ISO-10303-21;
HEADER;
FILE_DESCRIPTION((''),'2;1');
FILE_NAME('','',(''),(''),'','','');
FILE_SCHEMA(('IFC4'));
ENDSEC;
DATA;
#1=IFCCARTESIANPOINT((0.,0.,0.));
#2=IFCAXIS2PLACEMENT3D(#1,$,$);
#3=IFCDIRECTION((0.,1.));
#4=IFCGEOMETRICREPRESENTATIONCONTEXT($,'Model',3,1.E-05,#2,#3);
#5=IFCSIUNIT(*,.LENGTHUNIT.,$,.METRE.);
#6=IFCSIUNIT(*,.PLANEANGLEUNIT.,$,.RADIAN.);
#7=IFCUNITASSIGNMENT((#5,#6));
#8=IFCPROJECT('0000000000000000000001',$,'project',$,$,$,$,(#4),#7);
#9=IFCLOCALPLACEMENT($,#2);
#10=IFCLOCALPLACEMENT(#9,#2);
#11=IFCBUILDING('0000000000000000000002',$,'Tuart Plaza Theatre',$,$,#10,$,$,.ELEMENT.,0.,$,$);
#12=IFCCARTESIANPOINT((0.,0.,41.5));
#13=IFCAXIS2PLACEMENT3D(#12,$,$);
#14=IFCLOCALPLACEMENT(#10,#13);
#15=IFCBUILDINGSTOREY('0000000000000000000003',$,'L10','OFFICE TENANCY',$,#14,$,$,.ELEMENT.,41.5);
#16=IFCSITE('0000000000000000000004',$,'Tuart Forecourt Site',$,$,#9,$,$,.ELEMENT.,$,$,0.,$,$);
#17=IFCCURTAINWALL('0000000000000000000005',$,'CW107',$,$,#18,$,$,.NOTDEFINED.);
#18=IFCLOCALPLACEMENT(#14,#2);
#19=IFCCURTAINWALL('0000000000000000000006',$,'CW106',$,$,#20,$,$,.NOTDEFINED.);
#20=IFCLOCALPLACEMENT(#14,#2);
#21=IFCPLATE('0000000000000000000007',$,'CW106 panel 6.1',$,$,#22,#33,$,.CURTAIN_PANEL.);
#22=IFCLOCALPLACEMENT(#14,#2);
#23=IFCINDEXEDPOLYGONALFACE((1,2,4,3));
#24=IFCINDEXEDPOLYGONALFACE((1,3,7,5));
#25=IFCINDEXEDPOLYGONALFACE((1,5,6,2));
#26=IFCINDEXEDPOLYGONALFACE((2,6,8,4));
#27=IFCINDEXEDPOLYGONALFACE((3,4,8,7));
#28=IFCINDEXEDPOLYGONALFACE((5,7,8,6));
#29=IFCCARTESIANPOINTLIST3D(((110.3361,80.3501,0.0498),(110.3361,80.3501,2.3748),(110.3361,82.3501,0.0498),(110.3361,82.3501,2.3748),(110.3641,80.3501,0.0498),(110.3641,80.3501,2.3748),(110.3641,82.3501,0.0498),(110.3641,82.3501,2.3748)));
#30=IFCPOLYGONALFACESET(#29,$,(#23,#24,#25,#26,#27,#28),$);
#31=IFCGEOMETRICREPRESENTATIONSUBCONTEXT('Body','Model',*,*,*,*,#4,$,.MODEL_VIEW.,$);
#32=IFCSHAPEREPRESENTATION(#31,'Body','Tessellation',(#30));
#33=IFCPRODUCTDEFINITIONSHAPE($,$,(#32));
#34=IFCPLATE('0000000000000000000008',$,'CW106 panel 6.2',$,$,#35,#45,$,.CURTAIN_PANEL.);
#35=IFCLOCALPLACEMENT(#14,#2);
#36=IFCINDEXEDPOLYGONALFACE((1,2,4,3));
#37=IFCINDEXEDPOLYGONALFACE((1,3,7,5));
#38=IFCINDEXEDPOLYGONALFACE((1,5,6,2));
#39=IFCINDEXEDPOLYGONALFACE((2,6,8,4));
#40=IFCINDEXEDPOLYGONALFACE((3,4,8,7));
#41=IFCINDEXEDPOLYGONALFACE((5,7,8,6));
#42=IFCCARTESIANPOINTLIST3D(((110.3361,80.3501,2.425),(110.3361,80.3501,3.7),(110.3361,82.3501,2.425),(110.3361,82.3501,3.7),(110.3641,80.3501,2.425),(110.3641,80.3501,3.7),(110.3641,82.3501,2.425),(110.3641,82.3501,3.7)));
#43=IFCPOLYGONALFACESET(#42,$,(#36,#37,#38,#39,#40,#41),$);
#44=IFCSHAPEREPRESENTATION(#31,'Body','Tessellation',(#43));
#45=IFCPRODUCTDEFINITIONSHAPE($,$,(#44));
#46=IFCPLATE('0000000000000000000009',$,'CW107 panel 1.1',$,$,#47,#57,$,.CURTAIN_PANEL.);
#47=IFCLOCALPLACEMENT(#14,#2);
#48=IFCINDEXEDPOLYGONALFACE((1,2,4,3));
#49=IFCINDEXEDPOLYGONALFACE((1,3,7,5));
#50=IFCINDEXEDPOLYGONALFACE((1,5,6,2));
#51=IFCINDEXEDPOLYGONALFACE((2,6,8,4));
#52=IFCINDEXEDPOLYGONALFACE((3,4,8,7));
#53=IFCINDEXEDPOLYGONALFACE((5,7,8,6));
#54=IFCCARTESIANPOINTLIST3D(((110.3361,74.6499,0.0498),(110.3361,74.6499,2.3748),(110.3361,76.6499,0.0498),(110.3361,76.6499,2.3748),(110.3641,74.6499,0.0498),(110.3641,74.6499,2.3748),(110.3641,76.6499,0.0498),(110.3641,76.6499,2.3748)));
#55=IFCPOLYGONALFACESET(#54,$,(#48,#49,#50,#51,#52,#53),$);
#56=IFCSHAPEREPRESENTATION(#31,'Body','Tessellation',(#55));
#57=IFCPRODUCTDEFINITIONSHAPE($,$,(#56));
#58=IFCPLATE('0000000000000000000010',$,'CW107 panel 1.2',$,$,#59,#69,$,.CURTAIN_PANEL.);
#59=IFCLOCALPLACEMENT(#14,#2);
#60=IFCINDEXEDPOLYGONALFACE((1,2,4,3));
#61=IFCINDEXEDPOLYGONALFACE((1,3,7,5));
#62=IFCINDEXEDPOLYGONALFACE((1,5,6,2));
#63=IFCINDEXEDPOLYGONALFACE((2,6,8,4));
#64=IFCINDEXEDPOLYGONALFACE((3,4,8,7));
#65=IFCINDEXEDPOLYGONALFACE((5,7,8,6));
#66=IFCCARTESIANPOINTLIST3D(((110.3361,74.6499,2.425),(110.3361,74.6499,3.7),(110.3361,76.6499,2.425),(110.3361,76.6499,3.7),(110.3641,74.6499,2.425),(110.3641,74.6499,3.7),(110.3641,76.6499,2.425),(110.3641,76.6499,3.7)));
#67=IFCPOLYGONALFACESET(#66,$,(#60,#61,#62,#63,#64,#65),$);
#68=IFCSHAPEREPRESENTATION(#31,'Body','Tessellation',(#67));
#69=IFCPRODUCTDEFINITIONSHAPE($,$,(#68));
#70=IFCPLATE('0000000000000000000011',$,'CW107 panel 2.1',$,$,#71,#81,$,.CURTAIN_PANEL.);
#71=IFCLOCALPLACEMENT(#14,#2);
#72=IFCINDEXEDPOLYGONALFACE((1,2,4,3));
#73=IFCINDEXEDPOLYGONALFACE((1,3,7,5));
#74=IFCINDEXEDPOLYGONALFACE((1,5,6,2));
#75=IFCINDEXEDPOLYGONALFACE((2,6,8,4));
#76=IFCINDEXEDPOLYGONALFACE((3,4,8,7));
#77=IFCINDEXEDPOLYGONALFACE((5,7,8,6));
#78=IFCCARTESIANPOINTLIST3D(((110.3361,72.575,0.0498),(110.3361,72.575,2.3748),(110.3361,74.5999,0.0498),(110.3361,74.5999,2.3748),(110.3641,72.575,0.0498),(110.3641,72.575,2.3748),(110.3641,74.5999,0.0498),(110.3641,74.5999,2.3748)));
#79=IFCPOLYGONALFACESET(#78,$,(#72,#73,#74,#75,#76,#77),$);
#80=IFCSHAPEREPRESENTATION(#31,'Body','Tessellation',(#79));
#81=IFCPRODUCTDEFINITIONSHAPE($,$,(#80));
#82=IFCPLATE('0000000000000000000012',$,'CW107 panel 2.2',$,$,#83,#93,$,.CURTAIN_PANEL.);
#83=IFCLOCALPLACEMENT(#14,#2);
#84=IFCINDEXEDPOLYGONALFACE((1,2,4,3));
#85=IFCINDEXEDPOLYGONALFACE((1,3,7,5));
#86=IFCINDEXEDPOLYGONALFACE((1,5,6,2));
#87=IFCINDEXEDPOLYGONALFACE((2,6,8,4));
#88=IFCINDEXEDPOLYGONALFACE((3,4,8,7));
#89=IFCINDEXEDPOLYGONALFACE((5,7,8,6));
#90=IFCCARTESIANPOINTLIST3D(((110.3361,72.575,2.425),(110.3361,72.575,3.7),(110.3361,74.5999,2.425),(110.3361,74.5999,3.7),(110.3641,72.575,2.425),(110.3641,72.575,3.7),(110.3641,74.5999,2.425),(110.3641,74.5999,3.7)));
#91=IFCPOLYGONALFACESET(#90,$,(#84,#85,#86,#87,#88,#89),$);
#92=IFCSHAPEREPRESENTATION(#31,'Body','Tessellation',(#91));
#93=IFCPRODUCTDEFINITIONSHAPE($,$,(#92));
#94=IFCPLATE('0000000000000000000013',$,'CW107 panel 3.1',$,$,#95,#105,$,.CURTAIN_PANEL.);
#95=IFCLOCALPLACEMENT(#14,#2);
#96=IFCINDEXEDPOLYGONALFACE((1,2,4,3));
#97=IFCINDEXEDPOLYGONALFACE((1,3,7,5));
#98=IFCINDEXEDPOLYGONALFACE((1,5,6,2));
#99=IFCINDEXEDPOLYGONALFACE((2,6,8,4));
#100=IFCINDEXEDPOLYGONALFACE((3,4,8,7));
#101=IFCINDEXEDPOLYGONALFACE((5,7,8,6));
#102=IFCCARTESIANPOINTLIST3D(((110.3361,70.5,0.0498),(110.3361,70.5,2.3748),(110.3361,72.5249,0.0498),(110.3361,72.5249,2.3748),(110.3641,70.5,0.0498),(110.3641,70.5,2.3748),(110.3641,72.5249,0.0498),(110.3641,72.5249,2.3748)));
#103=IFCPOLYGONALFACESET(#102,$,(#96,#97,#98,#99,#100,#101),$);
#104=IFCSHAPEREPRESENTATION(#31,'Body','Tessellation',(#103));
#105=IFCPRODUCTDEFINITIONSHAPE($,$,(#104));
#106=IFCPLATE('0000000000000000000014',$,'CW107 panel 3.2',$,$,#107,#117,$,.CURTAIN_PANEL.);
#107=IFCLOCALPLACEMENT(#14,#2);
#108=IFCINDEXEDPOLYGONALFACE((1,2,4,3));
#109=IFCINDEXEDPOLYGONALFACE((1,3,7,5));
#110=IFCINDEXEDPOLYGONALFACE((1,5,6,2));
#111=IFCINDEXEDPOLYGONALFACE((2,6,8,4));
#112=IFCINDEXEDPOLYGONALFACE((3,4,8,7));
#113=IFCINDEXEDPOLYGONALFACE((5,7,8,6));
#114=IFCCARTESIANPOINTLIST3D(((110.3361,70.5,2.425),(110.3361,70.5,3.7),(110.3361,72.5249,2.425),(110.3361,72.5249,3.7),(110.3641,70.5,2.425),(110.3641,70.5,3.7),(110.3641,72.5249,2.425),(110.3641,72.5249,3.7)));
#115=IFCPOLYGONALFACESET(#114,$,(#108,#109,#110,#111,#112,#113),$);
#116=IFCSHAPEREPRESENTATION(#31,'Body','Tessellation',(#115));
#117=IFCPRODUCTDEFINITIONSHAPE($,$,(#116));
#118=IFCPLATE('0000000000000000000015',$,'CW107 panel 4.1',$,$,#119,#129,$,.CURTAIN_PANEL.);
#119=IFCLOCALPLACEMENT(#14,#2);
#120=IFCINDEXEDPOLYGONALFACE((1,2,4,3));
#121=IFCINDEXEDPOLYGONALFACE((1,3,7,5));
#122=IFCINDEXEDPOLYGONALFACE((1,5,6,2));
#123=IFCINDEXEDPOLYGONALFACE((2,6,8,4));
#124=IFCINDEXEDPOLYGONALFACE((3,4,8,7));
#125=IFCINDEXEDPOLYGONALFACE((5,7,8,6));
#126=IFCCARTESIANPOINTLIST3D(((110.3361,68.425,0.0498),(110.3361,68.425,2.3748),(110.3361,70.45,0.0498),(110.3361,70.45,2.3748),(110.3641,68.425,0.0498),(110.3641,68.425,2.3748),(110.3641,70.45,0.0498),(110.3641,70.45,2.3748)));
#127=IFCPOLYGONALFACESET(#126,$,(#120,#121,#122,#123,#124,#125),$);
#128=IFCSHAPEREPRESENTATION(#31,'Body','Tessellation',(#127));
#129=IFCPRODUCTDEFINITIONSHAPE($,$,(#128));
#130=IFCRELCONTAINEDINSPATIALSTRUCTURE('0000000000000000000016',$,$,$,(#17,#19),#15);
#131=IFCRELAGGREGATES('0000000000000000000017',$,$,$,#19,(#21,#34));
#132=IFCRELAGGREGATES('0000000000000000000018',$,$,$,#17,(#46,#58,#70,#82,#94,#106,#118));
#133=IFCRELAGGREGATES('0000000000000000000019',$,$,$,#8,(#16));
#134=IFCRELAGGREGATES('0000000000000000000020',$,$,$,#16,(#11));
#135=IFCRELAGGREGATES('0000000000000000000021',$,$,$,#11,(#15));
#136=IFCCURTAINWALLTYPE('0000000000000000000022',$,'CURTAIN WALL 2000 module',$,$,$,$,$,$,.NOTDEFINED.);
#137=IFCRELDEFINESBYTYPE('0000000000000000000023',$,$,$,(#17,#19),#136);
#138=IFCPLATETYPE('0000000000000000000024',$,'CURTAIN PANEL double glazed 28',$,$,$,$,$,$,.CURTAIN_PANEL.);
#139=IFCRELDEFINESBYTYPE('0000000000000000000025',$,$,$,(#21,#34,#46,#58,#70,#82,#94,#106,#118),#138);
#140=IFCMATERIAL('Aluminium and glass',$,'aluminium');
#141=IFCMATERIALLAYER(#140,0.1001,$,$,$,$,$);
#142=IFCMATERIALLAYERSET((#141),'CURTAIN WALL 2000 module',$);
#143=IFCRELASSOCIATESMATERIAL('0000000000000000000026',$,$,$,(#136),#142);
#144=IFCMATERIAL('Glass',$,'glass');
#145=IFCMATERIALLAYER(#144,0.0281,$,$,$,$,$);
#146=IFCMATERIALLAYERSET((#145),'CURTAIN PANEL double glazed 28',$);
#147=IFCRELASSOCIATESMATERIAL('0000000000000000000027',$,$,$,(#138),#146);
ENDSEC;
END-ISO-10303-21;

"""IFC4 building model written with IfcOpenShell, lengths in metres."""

from ifc_helpers import new_model, si_unit, direction, frame, origin, origin_2d, place, context, subcontext, project, spatial, rectangle, extrude, material, layer, layer_set, type_object, element, aggregate, save


model = new_model("IFC4")

# Units and contexts
model_context = context("Model", 3, precision=1e-05, world=origin(), true_north=direction((0.0, 1.0)))
body_context = subcontext(model_context, "Body", "Model", "MODEL_VIEW")
ifc_project = project(units=[si_unit("LENGTHUNIT", "METRE"), si_unit("PLANEANGLEUNIT", "RADIAN")], contexts=[model_context])

# Site, building, storey
site_placement = place(None, origin())
site = spatial("IfcSite", under=ifc_project, at=site_placement, Name="Tuart Forecourt Site", CompositionType="ELEMENT", RefElevation=0.0)
building_placement = place(site_placement, origin())
building = spatial("IfcBuilding", under=site, at=building_placement, Name="Tuart Plaza Theatre", CompositionType="ELEMENT", ElevationOfRefHeight=0.0)
storey_placement = place(building_placement, frame((0.0, 0.0, 41.5)))
storey = spatial("IfcBuildingStorey", under=building, at=storey_placement, Name="L10", Description="OFFICE TENANCY", CompositionType="ELEMENT", Elevation=41.5)

# Curtain walls
ifc_material_1 = material(Name="Aluminium and glass", Category="aluminium")
ifc_layer_1 = layer(ifc_material_1, 0.1001)
ifc_layer_set_1 = layer_set([ifc_layer_1], Name="CURTAIN WALL 2000 module")
curtain_wall_type = type_object("IfcCurtainWallType", Name="CURTAIN WALL 2000 module", PredefinedType="NOTDEFINED", material=ifc_layer_set_1)
curtain_wall_1_placement = place(storey_placement, origin())
curtain_wall_1 = element("IfcCurtainWall", 1, at=curtain_wall_1_placement, inside=storey, type_object=curtain_wall_type, Name="CW107", PredefinedType="NOTDEFINED")
curtain_wall_2_placement = place(storey_placement, origin())
curtain_wall_2 = element("IfcCurtainWall", 2, at=curtain_wall_2_placement, inside=storey, type_object=curtain_wall_type, Name="CW106", PredefinedType="NOTDEFINED")

# Plates
ifc_material_2 = material(Name="Glass", Category="glass")
ifc_layer_2 = layer(ifc_material_2, 0.0281)
ifc_layer_set_2 = layer_set([ifc_layer_2], Name="CURTAIN PANEL double glazed 28")
plate_type = type_object("IfcPlateType", Name="CURTAIN PANEL double glazed 28", PredefinedType="CURTAIN_PANEL", material=ifc_layer_set_2)
plate_1_placement = place(storey_placement, frame((110.3501, 81.3501, 0.0498), z_axis=(0.0, 0.0, 1.0), x_axis=(0.0, -1.0, 0.0)))
plate_1 = element("IfcPlate", 3, at=plate_1_placement, type_object=plate_type, Name="CW106 panel 6.1", PredefinedType="CURTAIN_PANEL", context=body_context, shape_type="SweptSolid", body=[
    extrude(rectangle(XDim=2.0, YDim=0.0281, at=origin_2d()), origin(), (0.0, 0.0, 1.0), 2.325),
])
plate_2_placement = place(storey_placement, frame((110.3501, 81.3501, 2.425), z_axis=(0.0, 0.0, 1.0), x_axis=(0.0, -1.0, 0.0)))
plate_2 = element("IfcPlate", 4, at=plate_2_placement, type_object=plate_type, Name="CW106 panel 6.2", PredefinedType="CURTAIN_PANEL", context=body_context, shape_type="SweptSolid", body=[
    extrude(rectangle(XDim=2.0, YDim=0.0281, at=origin_2d()), origin(), (0.0, 0.0, 1.0), 1.2749),
])
aggregate(curtain_wall_2, [plate_1, plate_2])
plate_3_placement = place(storey_placement, frame((110.3501, 75.6499, 0.0498), z_axis=(0.0, 0.0, 1.0), x_axis=(0.0, -1.0, 0.0)))
plate_3 = element("IfcPlate", 5, at=plate_3_placement, type_object=plate_type, Name="CW107 panel 1.1", PredefinedType="CURTAIN_PANEL", context=body_context, shape_type="SweptSolid", body=[
    extrude(rectangle(XDim=2.0, YDim=0.0281, at=origin_2d()), origin(), (0.0, 0.0, 1.0), 2.325),
])
plate_4_placement = place(storey_placement, frame((110.3501, 75.6499, 2.425), z_axis=(0.0, 0.0, 1.0), x_axis=(0.0, -1.0, 0.0)))
plate_4 = element("IfcPlate", 6, at=plate_4_placement, type_object=plate_type, Name="CW107 panel 1.2", PredefinedType="CURTAIN_PANEL", context=body_context, shape_type="SweptSolid", body=[
    extrude(rectangle(XDim=2.0, YDim=0.0281, at=origin_2d()), origin(), (0.0, 0.0, 1.0), 1.2749),
])
plate_5_placement = place(storey_placement, frame((110.3501, 73.5874, 0.0498), z_axis=(0.0, 0.0, 1.0), x_axis=(0.0, -1.0, 0.0)))
plate_5 = element("IfcPlate", 7, at=plate_5_placement, type_object=plate_type, Name="CW107 panel 2.1", PredefinedType="CURTAIN_PANEL", context=body_context, shape_type="SweptSolid", body=[
    extrude(rectangle(XDim=2.0249, YDim=0.0281, at=origin_2d()), origin(), (0.0, 0.0, 1.0), 2.325),
])
plate_6_placement = place(storey_placement, frame((110.3501, 73.5874, 2.425), z_axis=(0.0, 0.0, 1.0), x_axis=(0.0, -1.0, 0.0)))
plate_6 = element("IfcPlate", 8, at=plate_6_placement, type_object=plate_type, Name="CW107 panel 2.2", PredefinedType="CURTAIN_PANEL", context=body_context, shape_type="SweptSolid", body=[
    extrude(rectangle(XDim=2.0249, YDim=0.0281, at=origin_2d()), origin(), (0.0, 0.0, 1.0), 1.2749),
])
plate_7_placement = place(storey_placement, frame((110.3501, 71.5125, 0.0498), z_axis=(0.0, 0.0, 1.0), x_axis=(0.0, -1.0, 0.0)))
plate_7 = element("IfcPlate", 9, at=plate_7_placement, type_object=plate_type, Name="CW107 panel 3.1", PredefinedType="CURTAIN_PANEL", context=body_context, shape_type="SweptSolid", body=[
    extrude(rectangle(XDim=2.0249, YDim=0.0281, at=origin_2d()), origin(), (0.0, 0.0, 1.0), 2.325),
])
plate_8_placement = place(storey_placement, frame((110.3501, 71.5125, 2.425), z_axis=(0.0, 0.0, 1.0), x_axis=(0.0, -1.0, 0.0)))
plate_8 = element("IfcPlate", 10, at=plate_8_placement, type_object=plate_type, Name="CW107 panel 3.2", PredefinedType="CURTAIN_PANEL", context=body_context, shape_type="SweptSolid", body=[
    extrude(rectangle(XDim=2.0249, YDim=0.0281, at=origin_2d()), origin(), (0.0, 0.0, 1.0), 1.2749),
])
plate_9_placement = place(storey_placement, frame((110.3501, 69.4375, 0.0498), z_axis=(0.0, 0.0, 1.0), x_axis=(0.0, -1.0, 0.0)))
plate_9 = element("IfcPlate", 11, at=plate_9_placement, type_object=plate_type, Name="CW107 panel 4.1", PredefinedType="CURTAIN_PANEL", context=body_context, shape_type="SweptSolid", body=[
    extrude(rectangle(XDim=2.0249, YDim=0.0281, at=origin_2d()), origin(), (0.0, 0.0, 1.0), 2.325),
])
aggregate(curtain_wall_1, [plate_3, plate_4, plate_5, plate_6, plate_7, plate_8, plate_9])

save(model, "model.ifc")
